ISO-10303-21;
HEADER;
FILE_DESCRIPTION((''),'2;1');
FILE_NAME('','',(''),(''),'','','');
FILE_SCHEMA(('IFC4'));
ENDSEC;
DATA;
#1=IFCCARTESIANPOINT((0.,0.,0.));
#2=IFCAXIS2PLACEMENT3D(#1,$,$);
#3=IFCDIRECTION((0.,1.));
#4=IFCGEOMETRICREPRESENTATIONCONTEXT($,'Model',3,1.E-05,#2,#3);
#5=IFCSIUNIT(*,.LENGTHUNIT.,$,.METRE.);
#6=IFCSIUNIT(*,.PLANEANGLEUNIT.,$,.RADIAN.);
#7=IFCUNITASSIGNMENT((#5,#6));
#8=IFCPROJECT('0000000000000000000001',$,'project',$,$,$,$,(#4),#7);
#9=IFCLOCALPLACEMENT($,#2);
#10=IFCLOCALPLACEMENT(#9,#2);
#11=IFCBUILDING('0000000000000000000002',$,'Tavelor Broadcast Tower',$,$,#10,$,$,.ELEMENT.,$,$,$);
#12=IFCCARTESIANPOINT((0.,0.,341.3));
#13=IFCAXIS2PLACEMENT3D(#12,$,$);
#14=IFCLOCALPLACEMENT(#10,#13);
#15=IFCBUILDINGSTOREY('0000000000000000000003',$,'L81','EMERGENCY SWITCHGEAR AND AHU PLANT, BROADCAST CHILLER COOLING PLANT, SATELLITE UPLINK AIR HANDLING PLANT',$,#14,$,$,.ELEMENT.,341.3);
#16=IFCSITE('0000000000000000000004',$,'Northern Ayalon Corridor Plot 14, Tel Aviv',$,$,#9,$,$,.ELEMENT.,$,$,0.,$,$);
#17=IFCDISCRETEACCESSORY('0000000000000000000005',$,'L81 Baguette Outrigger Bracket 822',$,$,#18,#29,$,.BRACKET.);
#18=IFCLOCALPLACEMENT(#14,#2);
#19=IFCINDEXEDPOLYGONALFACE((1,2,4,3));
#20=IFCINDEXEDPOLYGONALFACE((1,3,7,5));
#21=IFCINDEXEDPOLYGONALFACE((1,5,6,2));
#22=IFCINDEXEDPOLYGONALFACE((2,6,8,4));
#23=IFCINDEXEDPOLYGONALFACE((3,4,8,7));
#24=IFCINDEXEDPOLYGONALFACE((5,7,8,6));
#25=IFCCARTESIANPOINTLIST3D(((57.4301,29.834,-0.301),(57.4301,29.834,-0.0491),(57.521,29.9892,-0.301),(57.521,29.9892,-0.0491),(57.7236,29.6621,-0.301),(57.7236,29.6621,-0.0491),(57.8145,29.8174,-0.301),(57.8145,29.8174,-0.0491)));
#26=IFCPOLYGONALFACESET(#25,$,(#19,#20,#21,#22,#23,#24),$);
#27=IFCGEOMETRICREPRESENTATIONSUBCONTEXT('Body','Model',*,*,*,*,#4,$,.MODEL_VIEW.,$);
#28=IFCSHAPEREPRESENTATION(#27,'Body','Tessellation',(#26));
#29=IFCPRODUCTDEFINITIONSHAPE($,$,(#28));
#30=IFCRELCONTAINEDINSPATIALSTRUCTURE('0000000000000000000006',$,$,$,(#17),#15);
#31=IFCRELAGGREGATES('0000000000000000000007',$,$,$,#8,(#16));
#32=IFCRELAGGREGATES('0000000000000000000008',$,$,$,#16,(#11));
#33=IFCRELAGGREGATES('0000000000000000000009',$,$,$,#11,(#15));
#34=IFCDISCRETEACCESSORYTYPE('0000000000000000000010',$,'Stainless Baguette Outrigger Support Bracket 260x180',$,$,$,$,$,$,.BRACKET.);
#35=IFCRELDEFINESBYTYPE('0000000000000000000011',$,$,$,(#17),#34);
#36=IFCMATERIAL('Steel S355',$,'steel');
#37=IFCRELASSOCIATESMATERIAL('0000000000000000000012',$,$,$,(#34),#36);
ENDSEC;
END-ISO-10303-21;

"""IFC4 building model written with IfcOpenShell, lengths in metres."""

from ifc_helpers import new_model, si_unit, direction, frame, origin, origin_2d, place, context, subcontext, project, spatial, rectangle, extrude, source, transform, mapped, material, type_object, type_shapes, element, save


model = new_model("IFC4")

# Units and contexts
model_context = context("Model", 3, precision=1e-05, world=origin(), true_north=direction((0.0, 1.0)))
body_context = subcontext(model_context, "Body", "Model", "MODEL_VIEW")
ifc_project = project(units=[si_unit("LENGTHUNIT", "METRE"), si_unit("PLANEANGLEUNIT", "RADIAN")], contexts=[model_context])

# Site, building, storey
site_placement = place(None, origin())
site = spatial("IfcSite", under=ifc_project, at=site_placement, Name="Northern Ayalon Corridor Plot 14, Tel Aviv", CompositionType="ELEMENT", RefElevation=0.0)
building_placement = place(site_placement, origin())
building = spatial("IfcBuilding", under=site, at=building_placement, Name="Tavelor Broadcast Tower", CompositionType="ELEMENT")
storey_placement = place(building_placement, frame((0.0, 0.0, 341.3)))
storey = spatial("IfcBuildingStorey", under=building, at=storey_placement, Name="L81", Description="EMERGENCY SWITCHGEAR AND AHU PLANT, BROADCAST CHILLER COOLING PLANT, SATELLITE UPLINK AIR HANDLING PLANT", CompositionType="ELEMENT", Elevation=341.3)

# Shared definitions
ifc_material_1 = material(Name="Steel S355", Category="steel")

# Discrete accessory
discrete_accessory_type = type_object("IfcDiscreteAccessoryType", Name="Stainless Baguette Outrigger Support Bracket 260x180", PredefinedType="BRACKET", material=ifc_material_1)
shared_shape_1 = source(origin(), body_context, "Body", "SweptSolid", [
    extrude(rectangle(XDim=0.1799, YDim=0.3401, at=origin_2d()), origin(), (0.0, 0.0, 1.0), 0.252),
])
type_shapes(discrete_accessory_type, [shared_shape_1])
discrete_accessory_placement = place(storey_placement, frame((57.6223, 29.8257, -0.301), z_axis=(0.0, 0.0, 1.0), x_axis=(0.505281, 0.862955, 0.0)))
element("IfcDiscreteAccessory", 1, at=discrete_accessory_placement, inside=storey, type_object=discrete_accessory_type, Name="L81 Baguette Outrigger Bracket 822", PredefinedType="BRACKET", context=body_context, shape_type="MappedRepresentation", body=[
    mapped(shared_shape_1, transform((0.0, 0.0, 0.0), scale=1.0)),
])

save(model, "model.ifc")
